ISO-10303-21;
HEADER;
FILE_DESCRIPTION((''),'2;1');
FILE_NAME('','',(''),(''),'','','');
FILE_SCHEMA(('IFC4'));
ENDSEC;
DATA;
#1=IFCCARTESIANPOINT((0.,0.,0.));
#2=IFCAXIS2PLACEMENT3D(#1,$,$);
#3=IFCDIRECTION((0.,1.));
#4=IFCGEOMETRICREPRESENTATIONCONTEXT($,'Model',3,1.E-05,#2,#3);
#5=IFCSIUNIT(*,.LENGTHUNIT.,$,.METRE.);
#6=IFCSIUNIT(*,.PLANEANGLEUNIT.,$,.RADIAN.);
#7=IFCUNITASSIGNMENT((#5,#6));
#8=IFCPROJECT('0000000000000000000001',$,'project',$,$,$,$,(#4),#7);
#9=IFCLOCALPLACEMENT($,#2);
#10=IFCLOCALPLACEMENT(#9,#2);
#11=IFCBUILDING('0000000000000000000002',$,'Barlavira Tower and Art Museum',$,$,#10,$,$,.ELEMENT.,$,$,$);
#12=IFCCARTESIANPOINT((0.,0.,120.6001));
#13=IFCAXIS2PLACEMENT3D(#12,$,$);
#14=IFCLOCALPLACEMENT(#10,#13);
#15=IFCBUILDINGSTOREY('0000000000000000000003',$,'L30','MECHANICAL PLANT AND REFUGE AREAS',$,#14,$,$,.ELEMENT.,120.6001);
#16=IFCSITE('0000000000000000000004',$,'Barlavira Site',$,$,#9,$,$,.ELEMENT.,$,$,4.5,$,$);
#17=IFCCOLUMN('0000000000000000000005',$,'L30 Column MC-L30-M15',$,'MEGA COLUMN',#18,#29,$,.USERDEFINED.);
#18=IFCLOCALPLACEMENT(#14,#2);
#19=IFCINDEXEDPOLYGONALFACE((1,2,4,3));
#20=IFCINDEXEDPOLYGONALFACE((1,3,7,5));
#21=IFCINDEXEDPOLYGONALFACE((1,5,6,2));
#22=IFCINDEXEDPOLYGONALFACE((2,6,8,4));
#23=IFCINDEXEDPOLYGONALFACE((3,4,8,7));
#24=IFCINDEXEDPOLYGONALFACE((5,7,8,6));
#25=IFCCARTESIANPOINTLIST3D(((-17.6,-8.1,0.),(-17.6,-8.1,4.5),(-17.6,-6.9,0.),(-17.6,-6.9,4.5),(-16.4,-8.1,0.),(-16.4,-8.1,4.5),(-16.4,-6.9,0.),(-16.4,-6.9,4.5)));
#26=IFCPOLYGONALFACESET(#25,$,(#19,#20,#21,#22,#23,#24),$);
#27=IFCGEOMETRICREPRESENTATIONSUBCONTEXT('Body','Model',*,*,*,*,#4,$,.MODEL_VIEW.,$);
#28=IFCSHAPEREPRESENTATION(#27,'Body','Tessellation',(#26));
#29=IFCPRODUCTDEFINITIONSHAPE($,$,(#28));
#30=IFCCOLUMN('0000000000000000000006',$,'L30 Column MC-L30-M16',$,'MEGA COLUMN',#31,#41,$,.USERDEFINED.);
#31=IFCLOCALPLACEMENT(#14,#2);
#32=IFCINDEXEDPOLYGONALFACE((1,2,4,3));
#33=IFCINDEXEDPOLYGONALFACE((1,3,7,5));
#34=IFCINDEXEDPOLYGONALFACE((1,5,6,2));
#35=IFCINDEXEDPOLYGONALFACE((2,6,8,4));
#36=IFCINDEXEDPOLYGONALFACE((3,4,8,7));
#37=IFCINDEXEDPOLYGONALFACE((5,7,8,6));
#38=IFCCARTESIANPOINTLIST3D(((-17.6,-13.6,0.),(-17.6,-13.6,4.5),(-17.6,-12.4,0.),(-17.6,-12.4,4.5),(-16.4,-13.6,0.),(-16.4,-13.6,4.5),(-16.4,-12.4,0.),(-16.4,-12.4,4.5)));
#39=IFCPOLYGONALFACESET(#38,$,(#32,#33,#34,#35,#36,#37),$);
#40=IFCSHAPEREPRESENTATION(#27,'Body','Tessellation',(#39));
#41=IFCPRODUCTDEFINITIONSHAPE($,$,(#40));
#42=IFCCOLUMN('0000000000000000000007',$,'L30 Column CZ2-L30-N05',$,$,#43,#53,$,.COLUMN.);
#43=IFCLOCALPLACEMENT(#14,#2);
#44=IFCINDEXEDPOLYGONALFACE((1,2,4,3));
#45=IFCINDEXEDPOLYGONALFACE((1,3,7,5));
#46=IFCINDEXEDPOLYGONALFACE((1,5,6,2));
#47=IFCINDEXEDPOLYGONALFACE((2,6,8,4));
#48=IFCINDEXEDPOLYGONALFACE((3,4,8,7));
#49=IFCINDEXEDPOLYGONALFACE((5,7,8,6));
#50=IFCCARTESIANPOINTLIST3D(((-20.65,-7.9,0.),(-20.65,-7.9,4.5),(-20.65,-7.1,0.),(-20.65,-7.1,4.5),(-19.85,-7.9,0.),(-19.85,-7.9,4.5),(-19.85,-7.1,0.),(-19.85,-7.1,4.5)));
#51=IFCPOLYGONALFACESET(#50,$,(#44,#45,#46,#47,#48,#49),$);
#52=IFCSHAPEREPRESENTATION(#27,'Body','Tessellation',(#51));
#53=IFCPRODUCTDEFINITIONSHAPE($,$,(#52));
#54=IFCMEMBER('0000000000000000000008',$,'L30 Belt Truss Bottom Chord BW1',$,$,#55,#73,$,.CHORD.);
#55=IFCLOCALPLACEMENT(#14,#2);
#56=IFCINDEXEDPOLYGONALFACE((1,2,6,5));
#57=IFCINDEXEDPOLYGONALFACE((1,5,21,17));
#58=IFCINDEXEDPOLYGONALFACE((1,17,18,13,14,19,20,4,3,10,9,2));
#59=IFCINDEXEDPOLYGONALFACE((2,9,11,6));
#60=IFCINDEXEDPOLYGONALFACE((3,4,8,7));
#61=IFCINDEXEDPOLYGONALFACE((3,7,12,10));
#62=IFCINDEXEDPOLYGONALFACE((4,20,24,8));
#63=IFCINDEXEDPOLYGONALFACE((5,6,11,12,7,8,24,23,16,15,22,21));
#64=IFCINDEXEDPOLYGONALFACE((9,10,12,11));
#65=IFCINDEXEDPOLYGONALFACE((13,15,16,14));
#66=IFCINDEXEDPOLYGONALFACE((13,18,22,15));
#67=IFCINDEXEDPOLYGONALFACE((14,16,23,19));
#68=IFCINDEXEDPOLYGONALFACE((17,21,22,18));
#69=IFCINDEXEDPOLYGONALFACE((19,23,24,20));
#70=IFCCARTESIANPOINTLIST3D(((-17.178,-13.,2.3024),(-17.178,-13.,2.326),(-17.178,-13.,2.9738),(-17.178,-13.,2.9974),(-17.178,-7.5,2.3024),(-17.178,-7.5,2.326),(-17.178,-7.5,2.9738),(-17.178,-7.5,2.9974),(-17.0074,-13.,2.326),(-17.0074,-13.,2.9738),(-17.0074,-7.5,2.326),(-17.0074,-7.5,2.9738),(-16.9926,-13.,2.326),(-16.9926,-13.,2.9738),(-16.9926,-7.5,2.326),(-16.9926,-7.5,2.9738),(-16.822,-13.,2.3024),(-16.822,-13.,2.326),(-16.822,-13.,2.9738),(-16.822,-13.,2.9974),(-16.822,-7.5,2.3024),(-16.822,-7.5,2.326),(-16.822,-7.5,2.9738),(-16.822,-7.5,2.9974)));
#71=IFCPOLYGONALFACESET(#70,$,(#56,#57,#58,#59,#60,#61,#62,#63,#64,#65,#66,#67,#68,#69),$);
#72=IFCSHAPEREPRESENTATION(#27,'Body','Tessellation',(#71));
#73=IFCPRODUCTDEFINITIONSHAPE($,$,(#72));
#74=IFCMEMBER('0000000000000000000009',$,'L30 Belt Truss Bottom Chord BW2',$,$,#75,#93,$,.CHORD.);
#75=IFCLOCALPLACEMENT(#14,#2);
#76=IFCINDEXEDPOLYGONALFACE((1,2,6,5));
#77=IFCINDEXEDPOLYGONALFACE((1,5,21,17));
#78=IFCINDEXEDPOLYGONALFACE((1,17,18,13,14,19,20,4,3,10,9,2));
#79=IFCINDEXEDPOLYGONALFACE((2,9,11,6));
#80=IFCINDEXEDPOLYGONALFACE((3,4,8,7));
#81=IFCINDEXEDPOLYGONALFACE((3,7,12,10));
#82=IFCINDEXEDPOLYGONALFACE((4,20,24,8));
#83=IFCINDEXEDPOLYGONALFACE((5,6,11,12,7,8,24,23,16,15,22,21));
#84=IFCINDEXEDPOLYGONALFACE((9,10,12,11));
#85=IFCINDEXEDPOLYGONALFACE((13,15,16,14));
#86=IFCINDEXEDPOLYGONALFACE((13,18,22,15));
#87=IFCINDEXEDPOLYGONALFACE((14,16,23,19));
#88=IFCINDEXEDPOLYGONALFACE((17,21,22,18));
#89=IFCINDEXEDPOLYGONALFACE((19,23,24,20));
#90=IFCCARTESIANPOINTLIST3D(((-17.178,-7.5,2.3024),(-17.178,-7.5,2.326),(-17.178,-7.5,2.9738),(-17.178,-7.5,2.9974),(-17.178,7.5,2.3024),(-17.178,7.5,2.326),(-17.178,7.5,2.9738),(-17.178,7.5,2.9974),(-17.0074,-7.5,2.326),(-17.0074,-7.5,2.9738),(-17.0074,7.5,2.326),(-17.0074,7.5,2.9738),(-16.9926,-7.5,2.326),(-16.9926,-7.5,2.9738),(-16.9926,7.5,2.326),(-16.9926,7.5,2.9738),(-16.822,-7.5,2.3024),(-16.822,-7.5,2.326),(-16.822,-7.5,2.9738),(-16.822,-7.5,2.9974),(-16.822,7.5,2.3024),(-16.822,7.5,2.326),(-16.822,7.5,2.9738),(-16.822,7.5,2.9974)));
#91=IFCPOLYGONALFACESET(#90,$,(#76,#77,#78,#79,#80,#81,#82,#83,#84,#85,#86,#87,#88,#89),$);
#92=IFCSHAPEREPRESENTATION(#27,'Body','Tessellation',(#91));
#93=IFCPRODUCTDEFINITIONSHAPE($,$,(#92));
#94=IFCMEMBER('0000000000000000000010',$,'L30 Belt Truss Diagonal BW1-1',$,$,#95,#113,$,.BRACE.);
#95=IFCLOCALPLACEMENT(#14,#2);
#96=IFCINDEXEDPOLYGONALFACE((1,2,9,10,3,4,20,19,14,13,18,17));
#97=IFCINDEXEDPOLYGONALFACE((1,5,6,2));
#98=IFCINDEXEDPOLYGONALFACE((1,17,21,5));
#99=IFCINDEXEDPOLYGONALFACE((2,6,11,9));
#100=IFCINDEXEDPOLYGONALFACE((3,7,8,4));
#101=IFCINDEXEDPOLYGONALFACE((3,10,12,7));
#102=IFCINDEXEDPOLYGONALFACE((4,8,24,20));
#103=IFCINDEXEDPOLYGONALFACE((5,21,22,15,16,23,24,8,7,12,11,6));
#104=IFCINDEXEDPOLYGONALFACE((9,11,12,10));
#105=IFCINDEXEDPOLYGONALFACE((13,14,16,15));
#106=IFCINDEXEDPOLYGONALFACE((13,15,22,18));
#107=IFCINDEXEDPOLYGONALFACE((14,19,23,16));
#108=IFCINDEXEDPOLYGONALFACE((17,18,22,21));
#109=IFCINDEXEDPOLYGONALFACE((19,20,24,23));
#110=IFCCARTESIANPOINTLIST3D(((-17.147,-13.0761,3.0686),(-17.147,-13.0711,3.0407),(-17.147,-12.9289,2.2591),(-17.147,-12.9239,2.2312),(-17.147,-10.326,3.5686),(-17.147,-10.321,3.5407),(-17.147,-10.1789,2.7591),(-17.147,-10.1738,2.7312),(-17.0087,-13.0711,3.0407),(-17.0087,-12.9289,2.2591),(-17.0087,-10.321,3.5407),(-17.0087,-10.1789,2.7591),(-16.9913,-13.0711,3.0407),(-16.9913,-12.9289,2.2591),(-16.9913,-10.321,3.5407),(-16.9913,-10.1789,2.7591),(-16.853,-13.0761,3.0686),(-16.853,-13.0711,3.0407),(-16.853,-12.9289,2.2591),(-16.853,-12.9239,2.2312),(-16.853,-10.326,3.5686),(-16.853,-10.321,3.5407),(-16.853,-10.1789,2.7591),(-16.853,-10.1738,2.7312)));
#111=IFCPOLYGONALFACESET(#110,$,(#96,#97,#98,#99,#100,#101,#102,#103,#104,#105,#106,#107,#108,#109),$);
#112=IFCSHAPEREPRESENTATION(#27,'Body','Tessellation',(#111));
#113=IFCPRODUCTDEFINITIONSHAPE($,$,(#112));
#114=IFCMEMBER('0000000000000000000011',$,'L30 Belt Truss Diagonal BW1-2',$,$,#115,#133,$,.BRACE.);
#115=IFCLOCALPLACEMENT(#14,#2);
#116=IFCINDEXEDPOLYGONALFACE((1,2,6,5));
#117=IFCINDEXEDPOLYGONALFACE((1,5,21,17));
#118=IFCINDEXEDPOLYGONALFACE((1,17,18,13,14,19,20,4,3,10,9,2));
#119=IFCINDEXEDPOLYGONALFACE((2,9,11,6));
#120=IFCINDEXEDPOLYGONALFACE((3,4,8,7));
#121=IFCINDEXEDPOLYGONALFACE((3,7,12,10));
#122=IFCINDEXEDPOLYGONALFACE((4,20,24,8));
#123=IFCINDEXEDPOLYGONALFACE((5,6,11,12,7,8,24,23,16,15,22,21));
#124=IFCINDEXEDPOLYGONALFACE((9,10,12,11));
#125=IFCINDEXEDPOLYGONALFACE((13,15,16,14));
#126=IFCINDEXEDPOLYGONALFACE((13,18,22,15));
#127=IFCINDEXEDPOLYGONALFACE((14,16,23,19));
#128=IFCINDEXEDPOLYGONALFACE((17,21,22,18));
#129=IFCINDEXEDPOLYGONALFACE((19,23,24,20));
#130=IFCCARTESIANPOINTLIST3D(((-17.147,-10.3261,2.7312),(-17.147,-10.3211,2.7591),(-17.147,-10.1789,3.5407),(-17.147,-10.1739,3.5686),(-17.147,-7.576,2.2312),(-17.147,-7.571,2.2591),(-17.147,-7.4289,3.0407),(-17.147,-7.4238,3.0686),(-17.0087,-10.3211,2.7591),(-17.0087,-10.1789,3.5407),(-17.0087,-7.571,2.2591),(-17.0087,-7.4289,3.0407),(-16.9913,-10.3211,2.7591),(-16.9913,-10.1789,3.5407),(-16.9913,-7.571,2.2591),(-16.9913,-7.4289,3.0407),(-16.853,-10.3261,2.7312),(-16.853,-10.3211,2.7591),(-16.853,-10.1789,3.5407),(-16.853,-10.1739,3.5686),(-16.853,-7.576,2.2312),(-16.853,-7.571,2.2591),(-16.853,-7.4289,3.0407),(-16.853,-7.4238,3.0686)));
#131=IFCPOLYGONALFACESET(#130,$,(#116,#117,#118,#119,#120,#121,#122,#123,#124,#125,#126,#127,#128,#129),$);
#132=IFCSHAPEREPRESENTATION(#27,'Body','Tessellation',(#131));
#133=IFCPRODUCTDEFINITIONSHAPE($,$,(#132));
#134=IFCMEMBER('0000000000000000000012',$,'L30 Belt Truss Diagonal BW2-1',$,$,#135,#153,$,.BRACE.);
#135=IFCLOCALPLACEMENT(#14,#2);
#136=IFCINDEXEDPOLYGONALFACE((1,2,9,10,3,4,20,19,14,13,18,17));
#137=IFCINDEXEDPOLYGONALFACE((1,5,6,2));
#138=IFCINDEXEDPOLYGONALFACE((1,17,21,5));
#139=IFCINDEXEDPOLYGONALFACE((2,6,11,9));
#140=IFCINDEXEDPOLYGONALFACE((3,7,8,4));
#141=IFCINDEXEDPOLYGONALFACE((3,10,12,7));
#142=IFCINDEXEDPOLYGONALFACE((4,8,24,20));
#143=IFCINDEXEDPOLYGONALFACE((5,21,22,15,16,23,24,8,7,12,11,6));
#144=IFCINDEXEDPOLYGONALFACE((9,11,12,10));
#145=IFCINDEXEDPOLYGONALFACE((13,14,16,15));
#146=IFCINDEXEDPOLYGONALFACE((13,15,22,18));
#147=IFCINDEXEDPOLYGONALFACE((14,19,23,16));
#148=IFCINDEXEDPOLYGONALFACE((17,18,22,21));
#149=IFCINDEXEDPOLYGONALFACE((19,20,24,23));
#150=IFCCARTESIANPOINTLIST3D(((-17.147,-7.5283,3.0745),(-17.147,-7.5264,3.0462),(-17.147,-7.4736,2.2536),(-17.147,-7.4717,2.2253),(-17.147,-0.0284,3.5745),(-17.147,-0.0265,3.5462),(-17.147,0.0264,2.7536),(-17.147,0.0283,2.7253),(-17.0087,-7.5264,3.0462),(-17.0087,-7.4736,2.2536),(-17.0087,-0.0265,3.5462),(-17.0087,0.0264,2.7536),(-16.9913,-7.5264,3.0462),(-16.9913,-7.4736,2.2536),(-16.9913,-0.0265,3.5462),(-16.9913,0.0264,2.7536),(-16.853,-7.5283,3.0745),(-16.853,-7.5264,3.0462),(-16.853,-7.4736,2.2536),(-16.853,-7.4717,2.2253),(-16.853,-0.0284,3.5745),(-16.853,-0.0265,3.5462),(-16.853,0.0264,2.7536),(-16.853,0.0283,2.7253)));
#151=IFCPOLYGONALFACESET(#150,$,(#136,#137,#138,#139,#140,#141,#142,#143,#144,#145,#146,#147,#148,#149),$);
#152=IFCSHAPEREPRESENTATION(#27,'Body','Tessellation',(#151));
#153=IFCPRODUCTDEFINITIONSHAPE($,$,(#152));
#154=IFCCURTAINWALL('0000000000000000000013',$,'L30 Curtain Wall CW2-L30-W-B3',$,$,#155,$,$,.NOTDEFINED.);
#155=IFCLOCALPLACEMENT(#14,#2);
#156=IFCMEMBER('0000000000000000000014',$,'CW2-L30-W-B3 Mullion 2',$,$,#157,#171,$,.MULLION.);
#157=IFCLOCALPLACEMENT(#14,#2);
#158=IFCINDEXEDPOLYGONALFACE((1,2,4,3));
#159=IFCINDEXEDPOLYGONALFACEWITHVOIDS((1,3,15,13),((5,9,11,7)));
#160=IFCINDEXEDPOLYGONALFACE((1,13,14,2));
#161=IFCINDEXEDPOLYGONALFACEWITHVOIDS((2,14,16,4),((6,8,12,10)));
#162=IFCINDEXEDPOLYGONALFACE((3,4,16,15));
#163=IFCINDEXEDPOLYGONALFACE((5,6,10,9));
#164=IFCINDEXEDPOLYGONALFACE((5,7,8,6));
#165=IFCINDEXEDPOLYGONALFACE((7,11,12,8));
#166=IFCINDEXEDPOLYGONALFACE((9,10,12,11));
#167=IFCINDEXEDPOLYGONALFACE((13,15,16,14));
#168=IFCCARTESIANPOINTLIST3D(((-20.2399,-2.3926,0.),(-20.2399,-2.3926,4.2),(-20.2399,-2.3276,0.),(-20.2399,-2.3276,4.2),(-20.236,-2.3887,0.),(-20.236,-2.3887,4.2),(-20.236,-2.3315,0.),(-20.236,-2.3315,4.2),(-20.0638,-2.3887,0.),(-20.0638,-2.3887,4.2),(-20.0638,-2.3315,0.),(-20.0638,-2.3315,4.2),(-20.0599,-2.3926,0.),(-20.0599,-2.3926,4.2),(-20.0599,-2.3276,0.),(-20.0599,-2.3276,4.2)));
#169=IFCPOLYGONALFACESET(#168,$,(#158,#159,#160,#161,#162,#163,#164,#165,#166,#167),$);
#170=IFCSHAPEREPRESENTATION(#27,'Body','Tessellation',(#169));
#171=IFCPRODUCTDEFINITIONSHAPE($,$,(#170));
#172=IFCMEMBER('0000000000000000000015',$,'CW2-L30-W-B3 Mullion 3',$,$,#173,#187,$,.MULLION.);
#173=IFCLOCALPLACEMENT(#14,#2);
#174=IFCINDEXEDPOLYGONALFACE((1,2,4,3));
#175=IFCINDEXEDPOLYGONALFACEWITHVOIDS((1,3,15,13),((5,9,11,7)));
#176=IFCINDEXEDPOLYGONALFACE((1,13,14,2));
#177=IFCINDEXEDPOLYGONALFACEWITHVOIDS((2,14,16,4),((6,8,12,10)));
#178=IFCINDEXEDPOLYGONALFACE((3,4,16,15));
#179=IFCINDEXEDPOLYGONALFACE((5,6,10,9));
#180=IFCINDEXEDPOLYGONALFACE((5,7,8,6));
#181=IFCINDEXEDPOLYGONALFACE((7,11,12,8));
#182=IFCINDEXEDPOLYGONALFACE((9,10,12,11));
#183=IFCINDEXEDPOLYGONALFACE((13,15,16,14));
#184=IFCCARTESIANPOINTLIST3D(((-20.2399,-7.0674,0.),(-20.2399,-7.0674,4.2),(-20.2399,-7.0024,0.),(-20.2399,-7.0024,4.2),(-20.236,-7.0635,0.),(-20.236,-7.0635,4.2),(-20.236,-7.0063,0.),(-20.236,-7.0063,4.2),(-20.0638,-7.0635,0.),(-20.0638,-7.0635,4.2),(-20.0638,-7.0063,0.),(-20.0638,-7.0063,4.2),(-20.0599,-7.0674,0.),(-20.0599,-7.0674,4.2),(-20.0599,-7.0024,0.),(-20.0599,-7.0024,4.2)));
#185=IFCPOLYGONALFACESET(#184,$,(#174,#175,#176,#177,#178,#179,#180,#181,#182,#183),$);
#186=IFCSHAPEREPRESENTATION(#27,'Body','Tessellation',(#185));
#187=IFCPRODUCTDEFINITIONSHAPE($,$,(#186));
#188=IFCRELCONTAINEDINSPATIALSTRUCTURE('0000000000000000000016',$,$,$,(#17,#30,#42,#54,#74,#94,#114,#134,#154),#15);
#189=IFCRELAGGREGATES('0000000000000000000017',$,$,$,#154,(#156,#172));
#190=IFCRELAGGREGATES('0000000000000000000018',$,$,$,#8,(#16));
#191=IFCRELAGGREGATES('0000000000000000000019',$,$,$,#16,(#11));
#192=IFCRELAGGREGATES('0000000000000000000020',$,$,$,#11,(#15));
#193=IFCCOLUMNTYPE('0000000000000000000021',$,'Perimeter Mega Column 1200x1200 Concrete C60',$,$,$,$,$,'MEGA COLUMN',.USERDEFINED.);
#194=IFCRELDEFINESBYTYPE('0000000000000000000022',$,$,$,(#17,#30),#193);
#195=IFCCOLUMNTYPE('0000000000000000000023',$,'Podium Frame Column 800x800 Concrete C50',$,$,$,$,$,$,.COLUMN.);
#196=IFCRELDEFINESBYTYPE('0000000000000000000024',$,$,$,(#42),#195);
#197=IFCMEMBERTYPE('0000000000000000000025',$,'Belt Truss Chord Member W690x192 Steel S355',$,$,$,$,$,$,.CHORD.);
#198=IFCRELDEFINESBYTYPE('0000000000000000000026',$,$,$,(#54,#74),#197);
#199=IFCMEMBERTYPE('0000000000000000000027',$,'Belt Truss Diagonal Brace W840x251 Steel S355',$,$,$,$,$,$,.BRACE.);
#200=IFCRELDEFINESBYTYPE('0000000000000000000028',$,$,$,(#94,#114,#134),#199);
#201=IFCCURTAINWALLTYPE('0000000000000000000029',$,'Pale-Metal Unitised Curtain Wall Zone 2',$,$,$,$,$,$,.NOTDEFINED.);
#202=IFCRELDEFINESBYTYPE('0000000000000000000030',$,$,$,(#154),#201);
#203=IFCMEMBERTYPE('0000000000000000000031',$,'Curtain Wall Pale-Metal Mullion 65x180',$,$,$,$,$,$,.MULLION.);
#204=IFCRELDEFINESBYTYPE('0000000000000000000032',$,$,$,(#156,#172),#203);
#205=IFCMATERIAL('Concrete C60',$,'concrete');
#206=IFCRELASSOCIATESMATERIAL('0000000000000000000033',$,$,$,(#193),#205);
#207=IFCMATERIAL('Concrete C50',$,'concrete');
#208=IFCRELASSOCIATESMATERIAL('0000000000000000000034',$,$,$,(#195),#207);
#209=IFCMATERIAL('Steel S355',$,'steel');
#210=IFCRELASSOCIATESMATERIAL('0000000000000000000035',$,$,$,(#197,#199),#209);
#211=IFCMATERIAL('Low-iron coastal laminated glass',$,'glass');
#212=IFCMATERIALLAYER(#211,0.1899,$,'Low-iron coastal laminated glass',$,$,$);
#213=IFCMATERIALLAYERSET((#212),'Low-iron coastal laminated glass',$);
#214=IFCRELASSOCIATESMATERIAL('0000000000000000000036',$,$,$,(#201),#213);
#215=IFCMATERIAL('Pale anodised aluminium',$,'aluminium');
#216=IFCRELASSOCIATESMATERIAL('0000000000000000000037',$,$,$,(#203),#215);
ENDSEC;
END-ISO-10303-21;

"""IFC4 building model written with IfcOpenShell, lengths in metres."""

from ifc_helpers import new_model, si_unit, direction, frame, origin, origin_2d, place, context, subcontext, project, spatial, rectangle, hollow_rectangle, i_section, extrude, material, layer, layer_set, material_profile, profile_set, type_object, element, aggregate, save


model = new_model("IFC4")

# Units and contexts
model_context = context("Model", 3, precision=1e-05, world=origin(), true_north=direction((0.0, 1.0)))
body_context = subcontext(model_context, "Body", "Model", "MODEL_VIEW")
ifc_project = project(units=[si_unit("LENGTHUNIT", "METRE"), si_unit("PLANEANGLEUNIT", "RADIAN")], contexts=[model_context])

# Site, building, storey
site_placement = place(None, origin())
site = spatial("IfcSite", under=ifc_project, at=site_placement, Name="Barlavira Site", CompositionType="ELEMENT", RefElevation=4.5)
building_placement = place(site_placement, origin())
building = spatial("IfcBuilding", under=site, at=building_placement, Name="Barlavira Tower and Art Museum", CompositionType="ELEMENT")
storey_placement = place(building_placement, frame((0.0, 0.0, 120.6001)))
storey = spatial("IfcBuildingStorey", under=building, at=storey_placement, Name="L30", Description="MECHANICAL PLANT AND REFUGE AREAS", CompositionType="ELEMENT", Elevation=120.6001)

# Columns
ifc_material_1 = material(Name="Concrete C60", Category="concrete")
ifc_material_profile_1 = material_profile(ifc_material_1, rectangle(XDim=1.2, YDim=1.2, at=origin_2d()), Name="RC-COL 1200x1200")
ifc_profile_set_1 = profile_set([ifc_material_profile_1], Name="Concrete C60")
column_type_1 = type_object("IfcColumnType", Name="Perimeter Mega Column 1200x1200 Concrete C60", ElementType="MEGA COLUMN", PredefinedType="USERDEFINED", material=ifc_profile_set_1)
for number, where, z_axis, x_axis, name in (
    (1, (-17.0, -7.5, 0.0), (0.0, 0.0, 1.0), (1.0, 0.0, 0.0), "L30 Column MC-L30-M15"),
    (2, (-17.0, -13.0, 0.0), (0.0, 0.0, 1.0), (1.0, 0.0, 0.0), "L30 Column MC-L30-M16"),
):
    element("IfcColumn", number, at=place(storey_placement, frame(where, z_axis=z_axis, x_axis=x_axis)), inside=storey, type_object=column_type_1, Name=name, ObjectType="MEGA COLUMN", PredefinedType="USERDEFINED", context=body_context, shape_type="SweptSolid", body=[
        extrude(rectangle(XDim=1.2, YDim=1.2, at=origin_2d()), origin(), (0.0, 0.0, 1.0), 4.5),
    ])
ifc_material_2 = material(Name="Concrete C50", Category="concrete")
ifc_material_profile_2 = material_profile(ifc_material_2, rectangle(XDim=0.8, YDim=0.8, at=origin_2d()), Name="RC-COL 800x800")
ifc_profile_set_2 = profile_set([ifc_material_profile_2], Name="Concrete C50")
column_type_2 = type_object("IfcColumnType", Name="Podium Frame Column 800x800 Concrete C50", PredefinedType="COLUMN", material=ifc_profile_set_2)
column_placement = place(storey_placement, frame((-20.25, -7.5, 0.0), z_axis=(0.0, 0.0, 1.0), x_axis=(1.0, 0.0, 0.0)))
element("IfcColumn", 3, at=column_placement, inside=storey, type_object=column_type_2, Name="L30 Column CZ2-L30-N05", PredefinedType="COLUMN", context=body_context, shape_type="SweptSolid", body=[
    extrude(rectangle(XDim=0.8, YDim=0.8, at=origin_2d()), origin(), (0.0, 0.0, 1.0), 4.5),
])

# Members
ifc_material_3 = material(Name="Steel S355", Category="steel")
ifc_material_profile_3 = material_profile(ifc_material_3, i_section(OverallWidth=0.356, OverallDepth=0.6951, WebThickness=0.0149, FlangeThickness=0.0237, at=origin_2d()), Name="W690x192.0")
ifc_profile_set_3 = profile_set([ifc_material_profile_3], Name="Steel S355")
member_type_1 = type_object("IfcMemberType", Name="Belt Truss Chord Member W690x192 Steel S355", PredefinedType="CHORD", material=ifc_profile_set_3)
member_1_placement = place(storey_placement, frame((-17.0, -13.0, 2.6499), z_axis=(0.0, 1.0, 0.0), x_axis=(-1.0, 0.0, 0.0)))
element("IfcMember", 4, at=member_1_placement, inside=storey, type_object=member_type_1, Name="L30 Belt Truss Bottom Chord BW1", PredefinedType="CHORD", context=body_context, shape_type="SweptSolid", body=[
    extrude(i_section(OverallWidth=0.356, OverallDepth=0.6951, WebThickness=0.0149, FlangeThickness=0.0237, at=origin_2d()), origin(), (0.0, 0.0, 1.0), 5.5),
])
member_2_placement = place(storey_placement, frame((-17.0, -7.5, 2.6499), z_axis=(0.0, 1.0, 0.0), x_axis=(-1.0, 0.0, 0.0)))
element("IfcMember", 5, at=member_2_placement, inside=storey, type_object=member_type_1, Name="L30 Belt Truss Bottom Chord BW2", PredefinedType="CHORD", context=body_context, shape_type="SweptSolid", body=[
    extrude(i_section(OverallWidth=0.356, OverallDepth=0.6951, WebThickness=0.0149, FlangeThickness=0.0237, at=origin_2d()), origin(), (0.0, 0.0, 1.0), 15.0),
])
ifc_material_profile_4 = material_profile(ifc_material_3, i_section(OverallWidth=0.2939, OverallDepth=0.8511, WebThickness=0.0173, FlangeThickness=0.0283, at=origin_2d()), Name="W840x251.0")
ifc_profile_set_4 = profile_set([ifc_material_profile_4], Name="Steel S355")
member_type_2 = type_object("IfcMemberType", Name="Belt Truss Diagonal Brace W840x251 Steel S355", PredefinedType="BRACE", material=ifc_profile_set_4)
for number, where, z_axis, x_axis, name in (
    (6, (-17.0, -13.0, 2.6499), (0.0, 0.98387, 0.178885), (-1.0, 0.0, 0.0), "L30 Belt Truss Diagonal BW1-1"),
    (7, (-17.0, -10.25, 3.1499), (0.0, 0.98387, -0.178885), (-1.0, 0.0, 0.0), "L30 Belt Truss Diagonal BW1-2"),
):
    element("IfcMember", number, at=place(storey_placement, frame(where, z_axis=z_axis, x_axis=x_axis)), inside=storey, type_object=member_type_2, Name=name, PredefinedType="BRACE", context=body_context, shape_type="SweptSolid", body=[
        extrude(i_section(OverallWidth=0.2939, OverallDepth=0.8511, WebThickness=0.0173, FlangeThickness=0.0283, at=origin_2d()), origin(), (0.0, 0.0, 1.0), 2.7952),
    ])
member_3_placement = place(storey_placement, frame((-17.0, -7.5, 2.6499), z_axis=(0.0, 0.997785, 0.066519), x_axis=(-1.0, 0.0, 0.0)))
element("IfcMember", 8, at=member_3_placement, inside=storey, type_object=member_type_2, Name="L30 Belt Truss Diagonal BW2-1", PredefinedType="BRACE", context=body_context, shape_type="SweptSolid", body=[
    extrude(i_section(OverallWidth=0.2939, OverallDepth=0.8511, WebThickness=0.0173, FlangeThickness=0.0283, at=origin_2d()), origin(), (0.0, 0.0, 1.0), 7.5166),
])

# Curtain wall, members
ifc_material_4 = material(Name="Low-iron coastal laminated glass", Category="glass")
ifc_layer_1 = layer(ifc_material_4, 0.1899, Name="Low-iron coastal laminated glass")
ifc_layer_set_1 = layer_set([ifc_layer_1], Name="Low-iron coastal laminated glass")
curtain_wall_type = type_object("IfcCurtainWallType", Name="Pale-Metal Unitised Curtain Wall Zone 2", PredefinedType="NOTDEFINED", material=ifc_layer_set_1)
curtain_wall_placement = place(storey_placement, origin())
curtain_wall = element("IfcCurtainWall", 9, at=curtain_wall_placement, inside=storey, type_object=curtain_wall_type, Name="L30 Curtain Wall CW2-L30-W-B3", PredefinedType="NOTDEFINED")
ifc_material_5 = material(Name="Pale anodised aluminium", Category="aluminium")
ifc_material_profile_5 = material_profile(ifc_material_5, hollow_rectangle(XDim=0.0649, YDim=0.1799, WallThickness=0.0039, at=origin_2d()), Name="ALU-MULL 65x180x4")
ifc_profile_set_5 = profile_set([ifc_material_profile_5], Name="Pale anodised aluminium")
member_type_3 = type_object("IfcMemberType", Name="Curtain Wall Pale-Metal Mullion 65x180", PredefinedType="MULLION", material=ifc_profile_set_5)
member_4_placement = place(storey_placement, frame((-20.1499, -2.3601, 0.0), z_axis=(0.0, 0.0, 1.0), x_axis=(0.0, -1.0, 0.0)))
member_4 = element("IfcMember", 10, at=member_4_placement, type_object=member_type_3, Name="CW2-L30-W-B3 Mullion 2", PredefinedType="MULLION", context=body_context, shape_type="SweptSolid", body=[
    extrude(hollow_rectangle(XDim=0.0649, YDim=0.1799, WallThickness=0.0039, at=origin_2d()), origin(), (0.0, 0.0, 1.0), 4.2),
])
member_5_placement = place(storey_placement, frame((-20.1499, -7.0349, 0.0), z_axis=(0.0, 0.0, 1.0), x_axis=(0.0, -1.0, 0.0)))
member_5 = element("IfcMember", 11, at=member_5_placement, type_object=member_type_3, Name="CW2-L30-W-B3 Mullion 3", PredefinedType="MULLION", context=body_context, shape_type="SweptSolid", body=[
    extrude(hollow_rectangle(XDim=0.0649, YDim=0.1799, WallThickness=0.0039, at=origin_2d()), origin(), (0.0, 0.0, 1.0), 4.2),
])

aggregate(curtain_wall, [member_4, member_5])

save(model, "model.ifc")
